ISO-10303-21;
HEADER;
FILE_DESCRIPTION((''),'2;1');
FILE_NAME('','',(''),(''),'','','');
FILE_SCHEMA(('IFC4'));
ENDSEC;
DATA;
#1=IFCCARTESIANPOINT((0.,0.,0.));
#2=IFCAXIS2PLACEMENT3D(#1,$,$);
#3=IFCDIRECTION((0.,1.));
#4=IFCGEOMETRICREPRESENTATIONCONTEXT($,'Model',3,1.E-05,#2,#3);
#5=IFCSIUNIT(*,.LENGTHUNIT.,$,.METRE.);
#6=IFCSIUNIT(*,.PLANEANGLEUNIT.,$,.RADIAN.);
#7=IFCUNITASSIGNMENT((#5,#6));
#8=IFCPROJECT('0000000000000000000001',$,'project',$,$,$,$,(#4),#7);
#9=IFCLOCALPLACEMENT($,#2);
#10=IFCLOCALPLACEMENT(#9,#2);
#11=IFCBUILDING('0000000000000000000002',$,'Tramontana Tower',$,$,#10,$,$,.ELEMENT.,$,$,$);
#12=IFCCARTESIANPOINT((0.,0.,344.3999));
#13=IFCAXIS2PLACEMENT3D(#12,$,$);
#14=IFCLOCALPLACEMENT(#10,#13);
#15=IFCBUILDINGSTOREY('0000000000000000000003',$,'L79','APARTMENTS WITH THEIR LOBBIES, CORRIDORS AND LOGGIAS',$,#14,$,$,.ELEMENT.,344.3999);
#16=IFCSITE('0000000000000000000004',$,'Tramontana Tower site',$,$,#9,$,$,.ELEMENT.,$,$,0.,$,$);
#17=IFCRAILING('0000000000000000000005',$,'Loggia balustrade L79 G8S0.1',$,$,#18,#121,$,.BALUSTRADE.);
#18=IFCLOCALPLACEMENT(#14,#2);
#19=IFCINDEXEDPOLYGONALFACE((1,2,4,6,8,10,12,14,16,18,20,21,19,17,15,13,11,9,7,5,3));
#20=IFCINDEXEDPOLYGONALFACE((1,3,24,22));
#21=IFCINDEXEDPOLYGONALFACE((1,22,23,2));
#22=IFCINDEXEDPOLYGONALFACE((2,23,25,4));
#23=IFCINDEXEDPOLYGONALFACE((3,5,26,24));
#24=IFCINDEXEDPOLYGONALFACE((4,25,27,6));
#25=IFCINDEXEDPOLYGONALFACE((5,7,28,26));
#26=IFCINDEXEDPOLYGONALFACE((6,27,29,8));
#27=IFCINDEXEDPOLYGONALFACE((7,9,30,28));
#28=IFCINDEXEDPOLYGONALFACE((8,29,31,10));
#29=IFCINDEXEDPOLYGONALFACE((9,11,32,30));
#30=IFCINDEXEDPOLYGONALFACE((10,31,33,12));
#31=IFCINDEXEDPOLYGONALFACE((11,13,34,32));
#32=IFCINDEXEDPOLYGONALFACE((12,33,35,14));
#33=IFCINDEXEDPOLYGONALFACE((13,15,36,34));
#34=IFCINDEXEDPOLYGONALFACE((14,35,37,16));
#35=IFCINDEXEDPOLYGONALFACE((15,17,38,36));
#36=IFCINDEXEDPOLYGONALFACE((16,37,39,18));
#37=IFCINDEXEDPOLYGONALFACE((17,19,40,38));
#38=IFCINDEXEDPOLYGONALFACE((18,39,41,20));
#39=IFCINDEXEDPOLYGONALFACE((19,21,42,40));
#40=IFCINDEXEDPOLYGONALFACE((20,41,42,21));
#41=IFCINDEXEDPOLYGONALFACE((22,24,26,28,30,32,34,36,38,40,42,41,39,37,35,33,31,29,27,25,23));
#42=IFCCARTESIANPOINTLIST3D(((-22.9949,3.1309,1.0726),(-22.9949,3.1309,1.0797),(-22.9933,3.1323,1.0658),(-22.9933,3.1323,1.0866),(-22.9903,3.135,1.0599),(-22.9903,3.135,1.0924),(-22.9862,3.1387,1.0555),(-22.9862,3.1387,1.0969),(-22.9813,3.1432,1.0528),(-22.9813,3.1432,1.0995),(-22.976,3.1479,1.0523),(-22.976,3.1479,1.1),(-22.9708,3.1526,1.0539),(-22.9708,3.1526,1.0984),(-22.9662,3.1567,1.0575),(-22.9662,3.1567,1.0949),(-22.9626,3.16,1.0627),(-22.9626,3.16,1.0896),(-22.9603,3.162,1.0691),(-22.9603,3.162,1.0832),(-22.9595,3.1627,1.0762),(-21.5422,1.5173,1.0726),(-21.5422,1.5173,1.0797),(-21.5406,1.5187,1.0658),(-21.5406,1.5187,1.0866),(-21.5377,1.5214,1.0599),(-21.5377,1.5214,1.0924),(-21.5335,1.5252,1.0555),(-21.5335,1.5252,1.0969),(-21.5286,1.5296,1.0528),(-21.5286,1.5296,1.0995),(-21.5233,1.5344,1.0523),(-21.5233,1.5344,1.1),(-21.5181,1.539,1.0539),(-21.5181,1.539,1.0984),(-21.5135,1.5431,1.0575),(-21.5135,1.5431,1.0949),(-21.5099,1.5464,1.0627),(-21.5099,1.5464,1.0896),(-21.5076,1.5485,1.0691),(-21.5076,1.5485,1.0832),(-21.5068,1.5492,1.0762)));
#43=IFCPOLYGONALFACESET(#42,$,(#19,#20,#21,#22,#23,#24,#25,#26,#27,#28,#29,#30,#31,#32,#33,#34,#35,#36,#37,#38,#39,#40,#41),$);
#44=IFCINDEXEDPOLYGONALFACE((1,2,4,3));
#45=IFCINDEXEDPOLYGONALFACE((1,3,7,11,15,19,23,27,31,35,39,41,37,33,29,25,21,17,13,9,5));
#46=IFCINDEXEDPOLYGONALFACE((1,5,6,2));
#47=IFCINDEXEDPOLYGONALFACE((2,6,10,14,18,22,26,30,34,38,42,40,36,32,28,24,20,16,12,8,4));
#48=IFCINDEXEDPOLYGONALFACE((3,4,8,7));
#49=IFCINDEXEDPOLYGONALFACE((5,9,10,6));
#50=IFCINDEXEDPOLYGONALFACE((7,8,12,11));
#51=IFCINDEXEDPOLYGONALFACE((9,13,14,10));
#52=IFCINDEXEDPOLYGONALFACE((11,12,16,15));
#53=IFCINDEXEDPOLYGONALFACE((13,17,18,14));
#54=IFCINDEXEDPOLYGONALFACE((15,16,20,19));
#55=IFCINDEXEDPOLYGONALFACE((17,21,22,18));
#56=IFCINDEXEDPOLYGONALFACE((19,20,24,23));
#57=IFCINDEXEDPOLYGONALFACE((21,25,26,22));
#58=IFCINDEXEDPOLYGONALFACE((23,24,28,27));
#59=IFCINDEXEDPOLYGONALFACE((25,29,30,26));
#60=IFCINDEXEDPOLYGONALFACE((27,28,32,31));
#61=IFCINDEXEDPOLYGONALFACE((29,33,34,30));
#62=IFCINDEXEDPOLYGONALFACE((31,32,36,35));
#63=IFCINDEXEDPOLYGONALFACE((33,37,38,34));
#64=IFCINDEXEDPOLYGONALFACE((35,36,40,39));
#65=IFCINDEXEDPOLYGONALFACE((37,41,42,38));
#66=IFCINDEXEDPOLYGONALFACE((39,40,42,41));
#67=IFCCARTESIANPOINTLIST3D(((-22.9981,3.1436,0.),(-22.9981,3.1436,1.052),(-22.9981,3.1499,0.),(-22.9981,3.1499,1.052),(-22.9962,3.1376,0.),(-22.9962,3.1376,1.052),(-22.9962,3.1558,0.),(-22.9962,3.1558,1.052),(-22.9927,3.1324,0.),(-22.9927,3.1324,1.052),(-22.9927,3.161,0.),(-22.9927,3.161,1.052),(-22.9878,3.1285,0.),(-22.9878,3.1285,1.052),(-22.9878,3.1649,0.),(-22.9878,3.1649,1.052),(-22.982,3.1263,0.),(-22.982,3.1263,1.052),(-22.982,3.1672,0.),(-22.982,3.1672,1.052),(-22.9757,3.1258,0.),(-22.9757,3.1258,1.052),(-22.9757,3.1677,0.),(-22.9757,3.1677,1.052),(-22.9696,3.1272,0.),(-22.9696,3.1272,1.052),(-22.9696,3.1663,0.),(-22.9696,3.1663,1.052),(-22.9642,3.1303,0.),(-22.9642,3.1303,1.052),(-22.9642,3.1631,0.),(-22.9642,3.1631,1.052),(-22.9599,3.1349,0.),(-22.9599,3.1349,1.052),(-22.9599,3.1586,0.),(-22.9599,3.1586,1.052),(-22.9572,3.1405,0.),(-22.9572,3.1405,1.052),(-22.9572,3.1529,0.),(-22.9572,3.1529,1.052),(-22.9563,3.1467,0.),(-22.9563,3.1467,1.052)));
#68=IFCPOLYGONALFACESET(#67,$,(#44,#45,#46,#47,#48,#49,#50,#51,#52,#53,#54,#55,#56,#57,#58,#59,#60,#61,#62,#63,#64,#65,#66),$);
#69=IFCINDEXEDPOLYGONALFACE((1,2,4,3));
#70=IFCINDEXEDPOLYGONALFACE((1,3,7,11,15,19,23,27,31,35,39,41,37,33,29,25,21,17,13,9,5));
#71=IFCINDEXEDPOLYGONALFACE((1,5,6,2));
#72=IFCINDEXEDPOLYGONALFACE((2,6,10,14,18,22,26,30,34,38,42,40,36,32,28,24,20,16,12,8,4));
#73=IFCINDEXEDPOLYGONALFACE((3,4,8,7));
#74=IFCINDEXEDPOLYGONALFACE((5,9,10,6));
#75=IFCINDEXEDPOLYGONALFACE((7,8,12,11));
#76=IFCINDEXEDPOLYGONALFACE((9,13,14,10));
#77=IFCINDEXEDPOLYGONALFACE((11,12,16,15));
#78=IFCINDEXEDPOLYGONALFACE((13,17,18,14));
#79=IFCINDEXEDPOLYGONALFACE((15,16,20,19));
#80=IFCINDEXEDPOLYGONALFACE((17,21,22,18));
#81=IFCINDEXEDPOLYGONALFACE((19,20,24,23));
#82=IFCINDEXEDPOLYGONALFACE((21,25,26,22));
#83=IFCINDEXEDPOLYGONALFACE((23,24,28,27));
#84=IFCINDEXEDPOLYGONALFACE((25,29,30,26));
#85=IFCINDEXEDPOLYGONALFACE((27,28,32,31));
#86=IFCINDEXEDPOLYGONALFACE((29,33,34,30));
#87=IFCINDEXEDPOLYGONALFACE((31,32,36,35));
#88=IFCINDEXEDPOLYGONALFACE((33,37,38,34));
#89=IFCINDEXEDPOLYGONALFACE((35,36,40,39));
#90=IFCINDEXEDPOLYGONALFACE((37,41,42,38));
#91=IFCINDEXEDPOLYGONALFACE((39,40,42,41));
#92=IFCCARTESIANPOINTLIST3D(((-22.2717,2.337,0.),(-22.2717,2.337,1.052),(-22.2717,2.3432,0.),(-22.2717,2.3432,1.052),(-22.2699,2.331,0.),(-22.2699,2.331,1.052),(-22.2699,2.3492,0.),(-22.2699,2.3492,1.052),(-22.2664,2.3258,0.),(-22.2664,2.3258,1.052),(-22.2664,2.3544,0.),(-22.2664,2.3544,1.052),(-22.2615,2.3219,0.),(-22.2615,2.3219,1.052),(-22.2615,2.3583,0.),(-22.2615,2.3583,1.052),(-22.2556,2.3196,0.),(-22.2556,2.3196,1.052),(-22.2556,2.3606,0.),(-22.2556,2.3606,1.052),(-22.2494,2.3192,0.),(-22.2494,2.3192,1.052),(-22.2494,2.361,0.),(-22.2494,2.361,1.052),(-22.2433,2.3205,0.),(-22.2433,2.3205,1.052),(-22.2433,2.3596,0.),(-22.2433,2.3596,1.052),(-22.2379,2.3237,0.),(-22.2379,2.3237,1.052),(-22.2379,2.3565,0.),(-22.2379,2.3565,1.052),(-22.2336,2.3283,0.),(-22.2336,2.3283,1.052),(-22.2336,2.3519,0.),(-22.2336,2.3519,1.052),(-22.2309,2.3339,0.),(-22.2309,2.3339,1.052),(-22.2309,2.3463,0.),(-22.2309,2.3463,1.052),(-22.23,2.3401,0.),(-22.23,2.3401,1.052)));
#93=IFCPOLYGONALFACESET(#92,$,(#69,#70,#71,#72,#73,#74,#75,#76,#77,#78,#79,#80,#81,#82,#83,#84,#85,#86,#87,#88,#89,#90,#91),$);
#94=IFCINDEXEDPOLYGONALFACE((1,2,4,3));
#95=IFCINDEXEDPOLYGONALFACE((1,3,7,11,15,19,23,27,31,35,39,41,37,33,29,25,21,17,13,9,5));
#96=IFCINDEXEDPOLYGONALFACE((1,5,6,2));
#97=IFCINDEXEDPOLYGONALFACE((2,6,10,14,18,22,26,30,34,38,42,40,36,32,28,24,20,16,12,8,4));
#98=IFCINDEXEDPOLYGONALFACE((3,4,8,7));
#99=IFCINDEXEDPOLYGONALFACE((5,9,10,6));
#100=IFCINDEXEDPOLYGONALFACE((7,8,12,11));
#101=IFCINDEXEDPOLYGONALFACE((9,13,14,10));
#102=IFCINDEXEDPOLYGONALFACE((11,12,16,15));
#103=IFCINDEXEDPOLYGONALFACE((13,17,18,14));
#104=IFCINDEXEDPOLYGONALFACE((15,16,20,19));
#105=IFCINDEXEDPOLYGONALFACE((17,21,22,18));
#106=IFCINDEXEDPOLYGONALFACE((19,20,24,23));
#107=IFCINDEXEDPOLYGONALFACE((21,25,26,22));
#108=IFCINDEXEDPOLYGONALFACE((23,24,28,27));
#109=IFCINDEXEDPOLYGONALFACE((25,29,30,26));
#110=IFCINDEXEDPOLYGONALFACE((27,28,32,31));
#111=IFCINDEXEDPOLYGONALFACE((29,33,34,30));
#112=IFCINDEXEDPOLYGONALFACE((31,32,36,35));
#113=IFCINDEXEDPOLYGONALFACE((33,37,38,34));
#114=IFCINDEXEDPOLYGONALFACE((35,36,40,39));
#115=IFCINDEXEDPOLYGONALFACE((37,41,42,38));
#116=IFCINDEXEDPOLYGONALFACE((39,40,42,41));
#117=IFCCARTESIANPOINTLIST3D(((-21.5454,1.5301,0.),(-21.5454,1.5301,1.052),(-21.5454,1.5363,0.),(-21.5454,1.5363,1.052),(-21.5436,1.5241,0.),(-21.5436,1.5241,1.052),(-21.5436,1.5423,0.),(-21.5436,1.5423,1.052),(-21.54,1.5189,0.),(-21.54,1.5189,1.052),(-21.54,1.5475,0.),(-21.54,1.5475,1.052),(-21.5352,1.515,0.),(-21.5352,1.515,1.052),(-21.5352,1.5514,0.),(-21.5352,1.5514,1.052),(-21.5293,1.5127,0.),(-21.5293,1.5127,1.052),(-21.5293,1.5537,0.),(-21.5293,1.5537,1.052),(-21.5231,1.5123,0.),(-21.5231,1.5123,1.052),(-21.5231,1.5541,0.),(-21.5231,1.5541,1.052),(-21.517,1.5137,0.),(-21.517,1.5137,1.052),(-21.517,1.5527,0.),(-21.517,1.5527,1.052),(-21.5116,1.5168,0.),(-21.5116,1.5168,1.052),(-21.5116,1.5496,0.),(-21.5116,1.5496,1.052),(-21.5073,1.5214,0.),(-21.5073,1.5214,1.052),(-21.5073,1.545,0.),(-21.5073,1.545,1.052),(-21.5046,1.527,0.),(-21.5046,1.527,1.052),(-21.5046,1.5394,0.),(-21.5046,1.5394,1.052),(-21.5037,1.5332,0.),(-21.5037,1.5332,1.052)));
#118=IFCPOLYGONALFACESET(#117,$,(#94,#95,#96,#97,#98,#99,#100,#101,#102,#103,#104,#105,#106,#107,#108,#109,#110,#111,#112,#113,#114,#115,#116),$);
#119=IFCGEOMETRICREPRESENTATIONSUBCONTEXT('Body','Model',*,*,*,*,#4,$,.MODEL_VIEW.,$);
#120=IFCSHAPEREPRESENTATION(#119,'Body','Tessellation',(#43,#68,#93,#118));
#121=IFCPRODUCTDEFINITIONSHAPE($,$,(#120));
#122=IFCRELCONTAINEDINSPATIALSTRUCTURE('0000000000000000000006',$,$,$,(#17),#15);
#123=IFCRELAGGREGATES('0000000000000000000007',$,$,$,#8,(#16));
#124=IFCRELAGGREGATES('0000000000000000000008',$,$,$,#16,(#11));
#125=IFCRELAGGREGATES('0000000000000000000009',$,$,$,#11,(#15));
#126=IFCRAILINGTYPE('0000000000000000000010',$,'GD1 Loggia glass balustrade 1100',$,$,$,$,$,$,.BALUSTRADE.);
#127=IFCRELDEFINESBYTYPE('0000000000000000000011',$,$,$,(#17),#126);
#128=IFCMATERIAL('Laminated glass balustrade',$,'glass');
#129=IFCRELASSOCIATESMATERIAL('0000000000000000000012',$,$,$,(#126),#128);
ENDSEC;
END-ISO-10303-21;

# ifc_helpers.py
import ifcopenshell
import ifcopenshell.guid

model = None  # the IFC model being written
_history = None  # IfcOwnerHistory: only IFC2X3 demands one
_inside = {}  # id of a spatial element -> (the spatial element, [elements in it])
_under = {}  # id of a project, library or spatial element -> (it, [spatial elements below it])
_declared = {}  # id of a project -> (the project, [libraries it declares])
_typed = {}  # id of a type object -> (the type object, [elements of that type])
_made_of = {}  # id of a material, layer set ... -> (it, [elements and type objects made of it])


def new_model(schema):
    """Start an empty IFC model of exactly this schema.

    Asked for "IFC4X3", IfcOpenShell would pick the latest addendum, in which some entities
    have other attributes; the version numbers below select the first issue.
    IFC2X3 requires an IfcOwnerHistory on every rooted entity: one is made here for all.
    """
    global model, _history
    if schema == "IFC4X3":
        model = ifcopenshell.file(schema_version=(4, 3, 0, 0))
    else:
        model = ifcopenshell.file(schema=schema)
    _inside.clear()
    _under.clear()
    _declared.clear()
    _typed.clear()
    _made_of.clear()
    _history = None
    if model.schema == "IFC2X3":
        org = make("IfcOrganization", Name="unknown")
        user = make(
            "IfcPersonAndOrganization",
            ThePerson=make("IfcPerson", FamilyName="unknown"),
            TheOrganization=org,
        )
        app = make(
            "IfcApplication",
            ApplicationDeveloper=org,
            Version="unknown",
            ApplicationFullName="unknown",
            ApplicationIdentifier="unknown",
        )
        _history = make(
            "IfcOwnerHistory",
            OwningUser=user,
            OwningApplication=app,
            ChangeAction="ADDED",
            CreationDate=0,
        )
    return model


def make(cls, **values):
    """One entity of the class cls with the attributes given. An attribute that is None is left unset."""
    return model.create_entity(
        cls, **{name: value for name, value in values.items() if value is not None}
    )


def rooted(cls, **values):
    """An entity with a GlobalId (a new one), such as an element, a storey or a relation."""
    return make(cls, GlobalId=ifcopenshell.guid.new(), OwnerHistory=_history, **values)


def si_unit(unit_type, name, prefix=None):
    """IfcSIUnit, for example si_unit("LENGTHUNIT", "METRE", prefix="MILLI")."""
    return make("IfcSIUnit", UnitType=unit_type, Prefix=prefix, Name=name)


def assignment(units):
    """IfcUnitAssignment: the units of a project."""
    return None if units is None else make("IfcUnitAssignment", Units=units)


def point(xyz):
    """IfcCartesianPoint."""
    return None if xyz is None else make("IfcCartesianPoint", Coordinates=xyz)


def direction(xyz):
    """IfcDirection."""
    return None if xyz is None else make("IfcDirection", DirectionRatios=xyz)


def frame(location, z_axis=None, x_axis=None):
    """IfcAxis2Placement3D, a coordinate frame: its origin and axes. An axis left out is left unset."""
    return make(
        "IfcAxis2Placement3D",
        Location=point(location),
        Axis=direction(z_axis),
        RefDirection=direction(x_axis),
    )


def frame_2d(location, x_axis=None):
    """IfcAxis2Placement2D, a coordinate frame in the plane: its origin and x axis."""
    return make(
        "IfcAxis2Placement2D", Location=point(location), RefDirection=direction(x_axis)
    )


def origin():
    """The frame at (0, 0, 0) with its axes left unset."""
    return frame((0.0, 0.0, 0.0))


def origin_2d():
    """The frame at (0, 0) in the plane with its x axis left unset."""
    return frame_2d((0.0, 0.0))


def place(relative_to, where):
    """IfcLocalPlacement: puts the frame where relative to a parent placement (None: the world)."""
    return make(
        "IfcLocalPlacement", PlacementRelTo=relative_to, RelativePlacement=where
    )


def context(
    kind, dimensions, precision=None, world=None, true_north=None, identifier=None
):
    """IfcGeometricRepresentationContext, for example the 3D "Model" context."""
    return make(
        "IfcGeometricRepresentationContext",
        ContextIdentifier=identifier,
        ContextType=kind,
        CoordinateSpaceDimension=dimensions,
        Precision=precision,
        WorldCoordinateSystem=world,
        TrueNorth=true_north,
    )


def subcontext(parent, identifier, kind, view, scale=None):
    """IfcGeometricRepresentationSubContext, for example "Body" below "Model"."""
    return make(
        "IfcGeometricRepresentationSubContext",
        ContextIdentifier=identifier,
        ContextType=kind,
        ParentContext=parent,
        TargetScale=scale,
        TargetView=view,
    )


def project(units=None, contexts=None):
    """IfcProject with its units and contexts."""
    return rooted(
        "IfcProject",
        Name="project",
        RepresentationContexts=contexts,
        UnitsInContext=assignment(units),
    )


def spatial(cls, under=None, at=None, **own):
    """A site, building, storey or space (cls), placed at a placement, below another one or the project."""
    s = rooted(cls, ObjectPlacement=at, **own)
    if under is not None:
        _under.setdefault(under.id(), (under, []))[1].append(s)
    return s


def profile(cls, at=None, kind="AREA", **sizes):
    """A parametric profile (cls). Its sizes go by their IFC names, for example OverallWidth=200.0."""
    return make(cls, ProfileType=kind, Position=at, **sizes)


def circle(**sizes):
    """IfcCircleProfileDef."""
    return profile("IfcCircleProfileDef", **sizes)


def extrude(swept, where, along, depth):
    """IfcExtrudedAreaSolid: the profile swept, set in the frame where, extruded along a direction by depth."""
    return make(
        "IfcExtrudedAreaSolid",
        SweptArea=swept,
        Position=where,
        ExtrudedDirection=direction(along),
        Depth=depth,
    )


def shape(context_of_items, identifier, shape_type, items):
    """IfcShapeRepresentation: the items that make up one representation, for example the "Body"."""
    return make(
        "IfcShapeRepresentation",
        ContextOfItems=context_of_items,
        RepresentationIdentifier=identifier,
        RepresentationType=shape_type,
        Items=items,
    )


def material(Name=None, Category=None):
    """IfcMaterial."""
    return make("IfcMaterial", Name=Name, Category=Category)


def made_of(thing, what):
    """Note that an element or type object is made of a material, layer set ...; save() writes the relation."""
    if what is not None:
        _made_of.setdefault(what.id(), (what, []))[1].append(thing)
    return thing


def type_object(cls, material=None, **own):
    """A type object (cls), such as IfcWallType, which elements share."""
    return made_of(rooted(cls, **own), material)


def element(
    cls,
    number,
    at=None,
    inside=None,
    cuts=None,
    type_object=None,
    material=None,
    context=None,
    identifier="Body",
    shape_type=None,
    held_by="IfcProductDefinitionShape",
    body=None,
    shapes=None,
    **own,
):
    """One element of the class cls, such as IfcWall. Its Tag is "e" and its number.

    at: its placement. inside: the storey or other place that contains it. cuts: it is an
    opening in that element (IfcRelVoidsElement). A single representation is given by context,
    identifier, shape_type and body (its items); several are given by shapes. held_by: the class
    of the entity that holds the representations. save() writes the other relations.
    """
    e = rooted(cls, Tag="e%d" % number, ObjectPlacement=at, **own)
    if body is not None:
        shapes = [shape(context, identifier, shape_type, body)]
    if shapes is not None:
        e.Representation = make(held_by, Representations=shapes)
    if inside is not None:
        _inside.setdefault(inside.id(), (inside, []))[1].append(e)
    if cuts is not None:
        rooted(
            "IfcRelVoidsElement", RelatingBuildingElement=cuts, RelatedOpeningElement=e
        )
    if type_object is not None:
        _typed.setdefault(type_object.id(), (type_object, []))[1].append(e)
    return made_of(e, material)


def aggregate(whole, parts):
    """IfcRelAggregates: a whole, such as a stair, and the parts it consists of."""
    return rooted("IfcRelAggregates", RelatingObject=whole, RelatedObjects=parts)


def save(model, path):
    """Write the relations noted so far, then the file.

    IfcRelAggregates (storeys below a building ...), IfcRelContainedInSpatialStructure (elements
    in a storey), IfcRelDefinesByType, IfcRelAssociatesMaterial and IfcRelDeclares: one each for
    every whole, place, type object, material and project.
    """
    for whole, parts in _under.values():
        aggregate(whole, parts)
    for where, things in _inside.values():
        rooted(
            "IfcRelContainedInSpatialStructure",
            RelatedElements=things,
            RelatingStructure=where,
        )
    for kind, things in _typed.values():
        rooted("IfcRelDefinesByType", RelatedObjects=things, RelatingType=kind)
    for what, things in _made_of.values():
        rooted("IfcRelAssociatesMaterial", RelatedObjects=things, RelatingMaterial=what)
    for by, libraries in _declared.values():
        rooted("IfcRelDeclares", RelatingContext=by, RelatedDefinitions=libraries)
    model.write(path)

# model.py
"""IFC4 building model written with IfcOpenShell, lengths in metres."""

from ifc_helpers import new_model, si_unit, direction, frame, origin, origin_2d, place, context, subcontext, project, spatial, circle, extrude, material, type_object, element, save


model = new_model("IFC4")

# Units and contexts
model_context = context("Model", 3, precision=1e-05, world=origin(), true_north=direction((0.0, 1.0)))
body_context = subcontext(model_context, "Body", "Model", "MODEL_VIEW")
ifc_project = project(units=[si_unit("LENGTHUNIT", "METRE"), si_unit("PLANEANGLEUNIT", "RADIAN")], contexts=[model_context])

# Site, building, storey
site_placement = place(None, origin())
site = spatial("IfcSite", under=ifc_project, at=site_placement, Name="Tramontana Tower site", CompositionType="ELEMENT", RefElevation=0.0)
building_placement = place(site_placement, origin())
building = spatial("IfcBuilding", under=site, at=building_placement, Name="Tramontana Tower", CompositionType="ELEMENT")
storey_placement = place(building_placement, frame((0.0, 0.0, 344.3999)))
storey = spatial("IfcBuildingStorey", under=building, at=storey_placement, Name="L79", Description="APARTMENTS WITH THEIR LOBBIES, CORRIDORS AND LOGGIAS", CompositionType="ELEMENT", Elevation=344.3999)

# Railing
ifc_material_1 = material(Name="Laminated glass balustrade", Category="glass")
railing_type = type_object("IfcRailingType", Name="GD1 Loggia glass balustrade 1100", PredefinedType="BALUSTRADE", material=ifc_material_1)
railing_1_placement = place(storey_placement, frame((-22.9773, 3.1467, 0.0)))
element("IfcRailing", 1, at=railing_1_placement, inside=storey, type_object=railing_type, Name="Loggia balustrade L79 G8S0.1", PredefinedType="BALUSTRADE", context=body_context, shape_type="SweptSolid", body=[
    extrude(circle(Radius=0.0239, at=origin_2d()), frame((0.0, 0.0, 1.0762), z_axis=(0.669083, -0.743188, 0.0), x_axis=(0.743188, 0.669083, 0.0)), (0.0, 0.0, 1.0), 2.1711),
    extrude(circle(Radius=0.021, at=origin_2d()), origin(), (0.0, 0.0, 1.0), 1.052),
    extrude(circle(Radius=0.021, at=origin_2d()), frame((0.7263, -0.8066, 0.0)), (0.0, 0.0, 1.0), 1.052),
    extrude(circle(Radius=0.021, at=origin_2d()), frame((1.4526, -1.6135, 0.0)), (0.0, 0.0, 1.0), 1.052),
])

save(model, "model.ifc")
